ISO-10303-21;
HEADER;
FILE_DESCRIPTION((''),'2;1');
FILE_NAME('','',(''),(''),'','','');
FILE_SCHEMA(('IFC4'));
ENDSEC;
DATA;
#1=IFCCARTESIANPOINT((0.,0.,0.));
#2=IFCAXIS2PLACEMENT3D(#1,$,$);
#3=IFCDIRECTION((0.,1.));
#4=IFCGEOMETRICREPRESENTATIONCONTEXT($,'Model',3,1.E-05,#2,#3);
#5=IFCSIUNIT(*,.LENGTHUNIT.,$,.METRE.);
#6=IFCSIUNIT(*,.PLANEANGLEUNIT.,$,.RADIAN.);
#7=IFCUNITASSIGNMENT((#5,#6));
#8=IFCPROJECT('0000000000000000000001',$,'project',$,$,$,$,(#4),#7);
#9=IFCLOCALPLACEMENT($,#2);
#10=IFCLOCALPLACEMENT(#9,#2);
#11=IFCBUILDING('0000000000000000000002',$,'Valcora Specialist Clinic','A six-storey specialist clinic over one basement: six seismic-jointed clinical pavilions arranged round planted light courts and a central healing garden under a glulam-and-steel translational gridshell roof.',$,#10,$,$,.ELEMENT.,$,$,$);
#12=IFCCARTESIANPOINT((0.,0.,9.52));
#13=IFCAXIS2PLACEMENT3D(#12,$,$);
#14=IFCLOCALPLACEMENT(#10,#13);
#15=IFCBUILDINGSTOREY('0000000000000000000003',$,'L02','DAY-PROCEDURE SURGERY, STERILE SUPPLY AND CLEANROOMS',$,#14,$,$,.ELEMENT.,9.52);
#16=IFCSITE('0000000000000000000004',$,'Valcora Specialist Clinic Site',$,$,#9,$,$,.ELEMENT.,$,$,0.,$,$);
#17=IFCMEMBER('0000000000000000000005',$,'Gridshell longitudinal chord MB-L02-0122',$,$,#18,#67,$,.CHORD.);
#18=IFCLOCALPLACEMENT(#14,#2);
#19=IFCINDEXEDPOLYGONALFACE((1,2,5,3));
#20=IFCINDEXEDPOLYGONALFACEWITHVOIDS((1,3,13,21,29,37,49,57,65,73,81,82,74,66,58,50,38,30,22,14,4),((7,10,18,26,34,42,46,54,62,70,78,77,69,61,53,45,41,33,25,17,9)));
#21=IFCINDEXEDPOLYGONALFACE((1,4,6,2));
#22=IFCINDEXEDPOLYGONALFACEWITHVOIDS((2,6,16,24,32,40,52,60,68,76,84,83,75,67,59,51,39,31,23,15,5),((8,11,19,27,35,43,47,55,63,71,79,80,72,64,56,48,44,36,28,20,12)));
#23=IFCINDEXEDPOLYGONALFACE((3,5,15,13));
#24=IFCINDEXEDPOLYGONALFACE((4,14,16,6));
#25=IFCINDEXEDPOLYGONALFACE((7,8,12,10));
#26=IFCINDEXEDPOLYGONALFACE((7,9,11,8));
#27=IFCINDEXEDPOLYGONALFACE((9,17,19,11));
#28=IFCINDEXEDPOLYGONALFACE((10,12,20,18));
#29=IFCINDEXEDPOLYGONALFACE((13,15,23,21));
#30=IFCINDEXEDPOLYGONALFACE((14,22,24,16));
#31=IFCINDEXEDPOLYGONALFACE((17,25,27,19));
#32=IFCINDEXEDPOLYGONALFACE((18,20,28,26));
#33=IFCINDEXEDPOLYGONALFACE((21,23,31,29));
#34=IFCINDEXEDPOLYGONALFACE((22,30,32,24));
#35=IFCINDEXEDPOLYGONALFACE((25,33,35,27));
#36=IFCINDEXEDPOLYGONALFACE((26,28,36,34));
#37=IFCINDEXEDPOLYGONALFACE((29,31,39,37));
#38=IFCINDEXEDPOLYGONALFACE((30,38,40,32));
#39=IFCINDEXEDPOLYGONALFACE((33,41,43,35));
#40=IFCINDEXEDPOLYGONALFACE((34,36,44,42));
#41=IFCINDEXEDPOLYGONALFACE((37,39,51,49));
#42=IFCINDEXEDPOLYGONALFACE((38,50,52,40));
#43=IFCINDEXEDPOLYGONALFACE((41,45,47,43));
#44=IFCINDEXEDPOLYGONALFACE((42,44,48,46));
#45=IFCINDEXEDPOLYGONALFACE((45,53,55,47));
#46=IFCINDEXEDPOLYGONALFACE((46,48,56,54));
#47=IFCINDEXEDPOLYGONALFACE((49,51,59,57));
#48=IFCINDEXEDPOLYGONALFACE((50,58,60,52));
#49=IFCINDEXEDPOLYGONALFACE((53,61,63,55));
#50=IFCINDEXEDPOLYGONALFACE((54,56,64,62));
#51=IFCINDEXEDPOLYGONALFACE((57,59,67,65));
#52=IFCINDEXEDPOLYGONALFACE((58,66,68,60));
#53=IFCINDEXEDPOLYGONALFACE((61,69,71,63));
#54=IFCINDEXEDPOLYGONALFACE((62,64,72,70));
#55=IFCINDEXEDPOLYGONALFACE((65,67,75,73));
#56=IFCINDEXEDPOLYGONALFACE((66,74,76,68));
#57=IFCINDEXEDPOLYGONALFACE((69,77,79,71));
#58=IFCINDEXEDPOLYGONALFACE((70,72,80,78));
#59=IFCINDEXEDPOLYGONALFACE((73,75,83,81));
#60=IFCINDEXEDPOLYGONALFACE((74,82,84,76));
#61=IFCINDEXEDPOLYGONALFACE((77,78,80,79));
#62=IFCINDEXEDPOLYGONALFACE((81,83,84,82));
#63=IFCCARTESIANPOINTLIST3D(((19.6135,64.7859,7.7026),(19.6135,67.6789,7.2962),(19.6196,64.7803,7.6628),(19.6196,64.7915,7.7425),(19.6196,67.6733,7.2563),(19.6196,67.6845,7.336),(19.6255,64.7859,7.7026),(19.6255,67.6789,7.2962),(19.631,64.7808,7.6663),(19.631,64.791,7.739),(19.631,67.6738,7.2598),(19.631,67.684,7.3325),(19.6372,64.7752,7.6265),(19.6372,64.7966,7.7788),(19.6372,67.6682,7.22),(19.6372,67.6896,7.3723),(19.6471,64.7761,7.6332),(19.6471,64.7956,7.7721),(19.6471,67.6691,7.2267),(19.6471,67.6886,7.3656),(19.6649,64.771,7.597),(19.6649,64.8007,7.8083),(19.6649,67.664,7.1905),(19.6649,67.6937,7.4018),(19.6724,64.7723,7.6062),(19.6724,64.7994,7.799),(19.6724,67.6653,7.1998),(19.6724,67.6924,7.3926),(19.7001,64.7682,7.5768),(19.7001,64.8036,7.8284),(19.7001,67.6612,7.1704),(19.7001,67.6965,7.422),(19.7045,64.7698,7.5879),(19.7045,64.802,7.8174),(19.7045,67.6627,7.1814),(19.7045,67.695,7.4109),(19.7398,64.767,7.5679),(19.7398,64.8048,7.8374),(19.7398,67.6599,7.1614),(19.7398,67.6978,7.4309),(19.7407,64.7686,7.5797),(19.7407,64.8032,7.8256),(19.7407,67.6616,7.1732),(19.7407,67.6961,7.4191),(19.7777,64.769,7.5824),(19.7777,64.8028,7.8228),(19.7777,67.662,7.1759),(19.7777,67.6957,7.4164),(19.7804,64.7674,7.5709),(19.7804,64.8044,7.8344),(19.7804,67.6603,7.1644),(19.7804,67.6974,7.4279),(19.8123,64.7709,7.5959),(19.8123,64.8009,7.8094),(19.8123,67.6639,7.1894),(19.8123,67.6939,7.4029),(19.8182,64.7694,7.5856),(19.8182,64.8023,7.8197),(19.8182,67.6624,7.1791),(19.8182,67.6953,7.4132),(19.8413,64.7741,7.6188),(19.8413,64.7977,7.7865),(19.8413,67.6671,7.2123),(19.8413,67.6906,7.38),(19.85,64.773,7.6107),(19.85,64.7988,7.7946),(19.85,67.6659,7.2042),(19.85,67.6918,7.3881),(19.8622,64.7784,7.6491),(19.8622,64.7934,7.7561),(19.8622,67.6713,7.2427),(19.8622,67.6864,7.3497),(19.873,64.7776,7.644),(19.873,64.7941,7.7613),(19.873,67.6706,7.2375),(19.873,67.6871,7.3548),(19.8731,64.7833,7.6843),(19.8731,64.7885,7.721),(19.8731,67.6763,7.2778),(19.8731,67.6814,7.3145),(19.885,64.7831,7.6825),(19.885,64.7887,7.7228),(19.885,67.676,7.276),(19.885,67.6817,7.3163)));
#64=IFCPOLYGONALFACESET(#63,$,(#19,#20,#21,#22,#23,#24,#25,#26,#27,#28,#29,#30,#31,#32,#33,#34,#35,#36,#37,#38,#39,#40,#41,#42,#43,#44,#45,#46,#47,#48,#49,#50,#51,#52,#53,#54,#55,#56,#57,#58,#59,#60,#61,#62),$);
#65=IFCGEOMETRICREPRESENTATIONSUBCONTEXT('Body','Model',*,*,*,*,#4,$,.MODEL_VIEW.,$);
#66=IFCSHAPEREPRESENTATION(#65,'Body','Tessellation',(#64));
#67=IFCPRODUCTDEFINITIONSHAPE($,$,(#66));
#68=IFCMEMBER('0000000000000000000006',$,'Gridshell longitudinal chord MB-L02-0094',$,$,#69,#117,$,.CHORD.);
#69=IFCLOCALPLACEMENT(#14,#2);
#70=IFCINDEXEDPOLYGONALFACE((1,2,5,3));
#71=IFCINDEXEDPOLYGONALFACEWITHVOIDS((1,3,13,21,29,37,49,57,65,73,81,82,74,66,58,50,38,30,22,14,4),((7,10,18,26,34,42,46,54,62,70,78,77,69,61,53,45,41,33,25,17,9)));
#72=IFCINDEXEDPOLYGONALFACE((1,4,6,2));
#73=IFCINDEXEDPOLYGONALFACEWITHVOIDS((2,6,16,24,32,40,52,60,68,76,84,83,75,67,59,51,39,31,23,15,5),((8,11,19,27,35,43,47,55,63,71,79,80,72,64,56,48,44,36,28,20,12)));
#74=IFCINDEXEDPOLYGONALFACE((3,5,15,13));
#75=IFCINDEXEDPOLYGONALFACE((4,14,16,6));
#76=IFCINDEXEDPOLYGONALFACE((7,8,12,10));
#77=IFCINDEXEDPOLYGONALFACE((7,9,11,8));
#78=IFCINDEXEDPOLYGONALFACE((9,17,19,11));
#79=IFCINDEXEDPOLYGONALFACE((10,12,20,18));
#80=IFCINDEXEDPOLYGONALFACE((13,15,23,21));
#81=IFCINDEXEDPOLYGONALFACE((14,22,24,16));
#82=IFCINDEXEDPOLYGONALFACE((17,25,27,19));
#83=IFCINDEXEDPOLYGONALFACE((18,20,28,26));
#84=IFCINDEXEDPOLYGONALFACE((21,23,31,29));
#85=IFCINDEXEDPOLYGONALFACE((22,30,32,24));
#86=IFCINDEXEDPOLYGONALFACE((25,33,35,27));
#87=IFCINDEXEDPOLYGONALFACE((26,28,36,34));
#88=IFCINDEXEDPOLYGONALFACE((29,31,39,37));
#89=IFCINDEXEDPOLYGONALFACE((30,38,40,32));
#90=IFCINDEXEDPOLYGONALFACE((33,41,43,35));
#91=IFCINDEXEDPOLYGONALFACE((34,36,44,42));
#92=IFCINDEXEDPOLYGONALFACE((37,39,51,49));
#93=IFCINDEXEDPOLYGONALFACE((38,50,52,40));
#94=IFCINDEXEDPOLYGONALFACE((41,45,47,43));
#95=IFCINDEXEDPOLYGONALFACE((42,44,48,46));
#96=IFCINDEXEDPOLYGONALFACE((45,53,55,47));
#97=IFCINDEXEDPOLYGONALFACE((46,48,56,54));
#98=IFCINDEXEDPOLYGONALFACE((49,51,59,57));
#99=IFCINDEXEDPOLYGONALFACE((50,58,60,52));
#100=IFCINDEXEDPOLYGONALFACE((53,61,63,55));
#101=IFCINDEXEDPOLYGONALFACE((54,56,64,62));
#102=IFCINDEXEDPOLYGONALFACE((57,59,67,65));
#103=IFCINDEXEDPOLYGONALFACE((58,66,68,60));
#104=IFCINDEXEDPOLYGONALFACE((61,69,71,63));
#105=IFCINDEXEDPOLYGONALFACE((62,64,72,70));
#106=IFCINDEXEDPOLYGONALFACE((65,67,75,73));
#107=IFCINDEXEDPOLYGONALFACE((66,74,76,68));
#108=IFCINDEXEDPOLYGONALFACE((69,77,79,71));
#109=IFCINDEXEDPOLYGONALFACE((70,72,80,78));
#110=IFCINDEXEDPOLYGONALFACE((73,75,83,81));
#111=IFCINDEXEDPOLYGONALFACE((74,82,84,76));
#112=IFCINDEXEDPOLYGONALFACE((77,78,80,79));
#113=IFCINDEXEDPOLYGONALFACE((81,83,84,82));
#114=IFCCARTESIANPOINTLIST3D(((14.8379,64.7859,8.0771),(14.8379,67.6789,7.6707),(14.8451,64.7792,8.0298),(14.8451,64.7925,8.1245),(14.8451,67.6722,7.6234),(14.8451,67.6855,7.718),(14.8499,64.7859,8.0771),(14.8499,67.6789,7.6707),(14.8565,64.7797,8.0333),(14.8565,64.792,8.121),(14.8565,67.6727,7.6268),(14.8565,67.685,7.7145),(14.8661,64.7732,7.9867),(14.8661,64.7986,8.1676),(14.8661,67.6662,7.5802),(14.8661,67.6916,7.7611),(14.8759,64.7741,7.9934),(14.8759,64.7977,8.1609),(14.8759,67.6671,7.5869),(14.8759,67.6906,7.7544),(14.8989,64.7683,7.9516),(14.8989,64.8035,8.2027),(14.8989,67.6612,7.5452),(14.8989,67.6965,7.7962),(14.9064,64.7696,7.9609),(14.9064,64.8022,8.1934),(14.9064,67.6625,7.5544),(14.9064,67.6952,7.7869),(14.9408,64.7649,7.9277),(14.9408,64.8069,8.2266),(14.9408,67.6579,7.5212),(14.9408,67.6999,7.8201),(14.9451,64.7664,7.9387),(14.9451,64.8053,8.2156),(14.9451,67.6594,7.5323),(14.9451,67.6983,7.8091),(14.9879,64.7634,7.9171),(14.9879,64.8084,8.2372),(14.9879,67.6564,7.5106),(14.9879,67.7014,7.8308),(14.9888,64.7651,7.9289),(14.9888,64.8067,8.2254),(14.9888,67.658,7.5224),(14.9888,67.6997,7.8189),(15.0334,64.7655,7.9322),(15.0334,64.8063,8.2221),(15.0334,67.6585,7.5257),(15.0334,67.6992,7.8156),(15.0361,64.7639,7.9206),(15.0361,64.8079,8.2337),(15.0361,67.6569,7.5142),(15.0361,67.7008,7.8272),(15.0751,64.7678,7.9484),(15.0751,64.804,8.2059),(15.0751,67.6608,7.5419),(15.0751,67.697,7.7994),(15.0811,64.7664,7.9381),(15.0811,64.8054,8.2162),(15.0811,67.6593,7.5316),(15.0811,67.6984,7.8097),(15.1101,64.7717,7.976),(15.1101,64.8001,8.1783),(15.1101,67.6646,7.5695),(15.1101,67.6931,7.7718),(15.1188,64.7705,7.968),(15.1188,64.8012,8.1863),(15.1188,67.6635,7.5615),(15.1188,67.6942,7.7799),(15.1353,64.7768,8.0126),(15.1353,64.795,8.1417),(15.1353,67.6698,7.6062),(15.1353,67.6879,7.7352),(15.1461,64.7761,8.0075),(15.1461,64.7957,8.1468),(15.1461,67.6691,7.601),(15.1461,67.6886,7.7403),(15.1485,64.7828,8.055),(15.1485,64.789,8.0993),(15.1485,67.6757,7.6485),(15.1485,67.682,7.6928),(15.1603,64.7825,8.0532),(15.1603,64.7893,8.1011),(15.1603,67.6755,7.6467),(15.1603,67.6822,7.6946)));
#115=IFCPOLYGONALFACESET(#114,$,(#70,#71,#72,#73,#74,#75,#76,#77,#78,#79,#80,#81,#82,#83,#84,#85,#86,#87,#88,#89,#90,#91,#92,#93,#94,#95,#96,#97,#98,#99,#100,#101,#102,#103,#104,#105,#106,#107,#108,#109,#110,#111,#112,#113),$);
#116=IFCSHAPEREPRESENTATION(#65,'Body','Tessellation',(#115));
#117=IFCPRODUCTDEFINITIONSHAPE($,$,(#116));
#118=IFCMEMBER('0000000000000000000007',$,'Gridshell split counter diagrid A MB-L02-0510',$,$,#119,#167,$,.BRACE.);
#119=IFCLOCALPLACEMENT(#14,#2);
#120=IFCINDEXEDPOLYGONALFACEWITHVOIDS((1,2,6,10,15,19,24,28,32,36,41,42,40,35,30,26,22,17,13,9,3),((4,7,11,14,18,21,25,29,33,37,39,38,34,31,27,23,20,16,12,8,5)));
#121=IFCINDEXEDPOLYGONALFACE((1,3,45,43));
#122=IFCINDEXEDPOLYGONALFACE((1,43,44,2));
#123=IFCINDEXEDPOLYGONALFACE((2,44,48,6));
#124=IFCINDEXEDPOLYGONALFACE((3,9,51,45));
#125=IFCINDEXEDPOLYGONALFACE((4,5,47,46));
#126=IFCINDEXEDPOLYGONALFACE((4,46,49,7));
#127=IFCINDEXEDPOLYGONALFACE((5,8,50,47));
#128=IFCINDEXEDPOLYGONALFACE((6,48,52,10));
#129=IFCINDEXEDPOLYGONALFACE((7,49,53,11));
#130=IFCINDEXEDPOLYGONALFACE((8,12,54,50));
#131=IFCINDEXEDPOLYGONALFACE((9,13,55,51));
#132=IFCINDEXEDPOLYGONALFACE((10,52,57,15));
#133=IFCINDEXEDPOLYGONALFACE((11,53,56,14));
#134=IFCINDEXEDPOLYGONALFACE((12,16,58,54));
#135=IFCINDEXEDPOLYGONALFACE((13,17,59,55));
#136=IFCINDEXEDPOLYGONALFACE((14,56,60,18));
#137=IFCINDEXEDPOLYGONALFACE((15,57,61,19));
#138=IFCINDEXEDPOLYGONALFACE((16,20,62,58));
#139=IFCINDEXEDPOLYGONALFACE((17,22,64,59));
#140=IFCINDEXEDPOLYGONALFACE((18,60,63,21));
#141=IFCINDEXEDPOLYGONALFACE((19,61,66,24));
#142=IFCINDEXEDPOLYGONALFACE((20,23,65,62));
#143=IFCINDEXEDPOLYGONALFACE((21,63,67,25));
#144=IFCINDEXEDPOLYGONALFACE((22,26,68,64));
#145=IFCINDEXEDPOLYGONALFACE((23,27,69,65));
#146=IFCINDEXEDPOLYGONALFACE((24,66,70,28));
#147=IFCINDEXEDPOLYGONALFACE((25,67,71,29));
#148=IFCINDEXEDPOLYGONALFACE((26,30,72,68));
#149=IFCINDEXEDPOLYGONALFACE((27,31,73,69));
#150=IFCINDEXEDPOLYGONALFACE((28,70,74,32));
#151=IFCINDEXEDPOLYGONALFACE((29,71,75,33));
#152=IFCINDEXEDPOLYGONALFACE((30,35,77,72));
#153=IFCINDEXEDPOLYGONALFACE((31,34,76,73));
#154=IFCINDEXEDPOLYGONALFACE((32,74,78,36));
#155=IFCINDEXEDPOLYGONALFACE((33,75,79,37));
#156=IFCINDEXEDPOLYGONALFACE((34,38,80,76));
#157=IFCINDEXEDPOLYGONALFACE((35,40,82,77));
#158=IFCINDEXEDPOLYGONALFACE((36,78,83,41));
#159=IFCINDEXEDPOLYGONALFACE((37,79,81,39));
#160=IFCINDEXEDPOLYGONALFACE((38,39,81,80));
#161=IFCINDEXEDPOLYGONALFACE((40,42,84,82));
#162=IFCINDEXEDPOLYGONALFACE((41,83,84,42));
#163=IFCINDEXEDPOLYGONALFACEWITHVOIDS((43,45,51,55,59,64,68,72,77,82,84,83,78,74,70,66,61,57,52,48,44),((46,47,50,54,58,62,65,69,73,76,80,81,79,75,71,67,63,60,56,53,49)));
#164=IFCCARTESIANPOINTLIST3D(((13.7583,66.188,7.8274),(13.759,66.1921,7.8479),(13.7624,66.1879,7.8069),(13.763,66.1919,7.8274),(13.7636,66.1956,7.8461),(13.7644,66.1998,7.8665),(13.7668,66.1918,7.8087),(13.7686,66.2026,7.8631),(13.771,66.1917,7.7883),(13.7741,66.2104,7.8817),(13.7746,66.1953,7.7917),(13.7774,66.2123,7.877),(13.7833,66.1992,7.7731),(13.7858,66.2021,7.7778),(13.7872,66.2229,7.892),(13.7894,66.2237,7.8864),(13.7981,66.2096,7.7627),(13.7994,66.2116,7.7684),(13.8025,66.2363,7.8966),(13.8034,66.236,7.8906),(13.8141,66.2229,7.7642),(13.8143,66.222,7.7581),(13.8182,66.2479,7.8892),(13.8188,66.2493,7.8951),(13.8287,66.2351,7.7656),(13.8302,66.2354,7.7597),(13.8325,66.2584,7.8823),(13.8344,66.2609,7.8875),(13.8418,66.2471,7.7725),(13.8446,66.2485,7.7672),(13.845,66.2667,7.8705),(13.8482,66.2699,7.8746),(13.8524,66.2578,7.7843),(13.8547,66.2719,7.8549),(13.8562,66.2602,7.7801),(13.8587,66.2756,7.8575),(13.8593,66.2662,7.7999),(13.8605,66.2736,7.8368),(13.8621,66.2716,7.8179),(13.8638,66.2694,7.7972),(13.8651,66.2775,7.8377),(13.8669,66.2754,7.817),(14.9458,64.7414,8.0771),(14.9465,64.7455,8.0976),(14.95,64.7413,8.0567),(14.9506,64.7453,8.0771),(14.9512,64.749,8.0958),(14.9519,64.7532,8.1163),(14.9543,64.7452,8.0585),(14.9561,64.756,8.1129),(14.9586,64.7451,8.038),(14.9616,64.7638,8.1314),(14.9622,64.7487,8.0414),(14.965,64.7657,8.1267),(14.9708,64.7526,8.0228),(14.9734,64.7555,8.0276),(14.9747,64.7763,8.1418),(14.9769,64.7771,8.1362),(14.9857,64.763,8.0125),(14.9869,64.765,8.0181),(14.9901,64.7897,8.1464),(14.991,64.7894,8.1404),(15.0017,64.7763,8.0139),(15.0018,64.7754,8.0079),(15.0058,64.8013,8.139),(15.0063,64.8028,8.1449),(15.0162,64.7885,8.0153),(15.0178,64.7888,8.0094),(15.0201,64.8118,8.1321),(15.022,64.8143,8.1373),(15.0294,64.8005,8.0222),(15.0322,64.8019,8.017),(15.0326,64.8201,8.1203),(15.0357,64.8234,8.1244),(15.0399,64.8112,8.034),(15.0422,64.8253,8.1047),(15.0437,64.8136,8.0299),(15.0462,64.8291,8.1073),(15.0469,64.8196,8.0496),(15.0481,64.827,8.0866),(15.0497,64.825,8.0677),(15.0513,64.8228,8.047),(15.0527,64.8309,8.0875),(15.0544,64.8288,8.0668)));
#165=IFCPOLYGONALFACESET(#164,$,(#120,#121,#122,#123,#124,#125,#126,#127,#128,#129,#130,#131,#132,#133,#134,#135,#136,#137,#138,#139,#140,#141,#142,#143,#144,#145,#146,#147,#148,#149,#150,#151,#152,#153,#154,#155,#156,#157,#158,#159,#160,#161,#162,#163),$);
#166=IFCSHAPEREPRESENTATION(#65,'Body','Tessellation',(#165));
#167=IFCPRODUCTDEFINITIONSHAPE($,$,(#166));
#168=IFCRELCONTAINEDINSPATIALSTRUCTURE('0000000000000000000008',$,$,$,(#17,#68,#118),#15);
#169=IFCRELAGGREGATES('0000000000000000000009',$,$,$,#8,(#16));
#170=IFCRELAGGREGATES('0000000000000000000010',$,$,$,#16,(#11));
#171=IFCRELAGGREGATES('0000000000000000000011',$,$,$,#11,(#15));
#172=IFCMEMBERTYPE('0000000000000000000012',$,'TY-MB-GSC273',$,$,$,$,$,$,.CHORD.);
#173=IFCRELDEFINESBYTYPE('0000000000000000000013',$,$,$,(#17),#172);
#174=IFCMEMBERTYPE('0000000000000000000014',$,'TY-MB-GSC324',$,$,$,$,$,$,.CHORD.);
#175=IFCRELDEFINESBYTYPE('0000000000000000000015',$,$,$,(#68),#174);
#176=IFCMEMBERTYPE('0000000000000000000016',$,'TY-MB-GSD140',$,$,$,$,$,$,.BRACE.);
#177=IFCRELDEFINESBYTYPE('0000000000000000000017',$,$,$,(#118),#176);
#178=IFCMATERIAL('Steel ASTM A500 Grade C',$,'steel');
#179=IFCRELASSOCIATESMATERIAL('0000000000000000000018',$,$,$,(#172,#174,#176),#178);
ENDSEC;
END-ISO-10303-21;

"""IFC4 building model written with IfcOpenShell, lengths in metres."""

from ifc_helpers import new_model, si_unit, direction, frame, origin, origin_2d, place, context, subcontext, project, spatial, hollow_circle, extrude, material, material_profile, profile_set, type_object, element, save


model = new_model("IFC4")

# Units and contexts
model_context = context("Model", 3, precision=1e-05, world=origin(), true_north=direction((0.0, 1.0)))
body_context = subcontext(model_context, "Body", "Model", "MODEL_VIEW")
ifc_project = project(units=[si_unit("LENGTHUNIT", "METRE"), si_unit("PLANEANGLEUNIT", "RADIAN")], contexts=[model_context])

# Site, building, storey
site_placement = place(None, origin())
site = spatial("IfcSite", under=ifc_project, at=site_placement, Name="Valcora Specialist Clinic Site", CompositionType="ELEMENT", RefElevation=0.0)
building_placement = place(site_placement, origin())
building = spatial("IfcBuilding", under=site, at=building_placement, Name="Valcora Specialist Clinic", Description="A six-storey specialist clinic over one basement: six seismic-jointed clinical pavilions arranged round planted light courts and a central healing garden under a glulam-and-steel translational gridshell roof.", CompositionType="ELEMENT")
storey_placement = place(building_placement, frame((0.0, 0.0, 9.52)))
storey = spatial("IfcBuildingStorey", under=building, at=storey_placement, Name="L02", Description="DAY-PROCEDURE SURGERY, STERILE SUPPLY AND CLEANROOMS", CompositionType="ELEMENT", Elevation=9.52)

# Members
ifc_material_1 = material(Name="Steel ASTM A500 Grade C", Category="steel")
ifc_material_profile_1 = material_profile(ifc_material_1, hollow_circle(Radius=0.1365, WallThickness=0.012, at=origin_2d()), Name="ST-CHS-273X12")
ifc_profile_set_1 = profile_set([ifc_material_profile_1], Name="Steel ASTM A500 Grade C")
member_type_1 = type_object("IfcMemberType", Name="TY-MB-GSC273", PredefinedType="CHORD", material=ifc_profile_set_1)
member_1_placement = place(storey_placement, frame((19.75, 64.7859, 7.7026), z_axis=(0.0, 0.990273, -0.13914), x_axis=(-1.0, 0.0, 0.0)))
element("IfcMember", 1, at=member_1_placement, inside=storey, type_object=member_type_1, Name="Gridshell longitudinal chord MB-L02-0122", PredefinedType="CHORD", context=body_context, shape_type="SweptSolid", body=[
    extrude(hollow_circle(Radius=0.1365, WallThickness=0.012, at=origin_2d()), origin(), (0.0, 0.0, 1.0), 2.9214),
])
ifc_material_profile_2 = material_profile(ifc_material_1, hollow_circle(Radius=0.1621, WallThickness=0.012, at=origin_2d()), Name="ST-CHS-324X12")
ifc_profile_set_2 = profile_set([ifc_material_profile_2], Name="Steel ASTM A500 Grade C")
member_type_2 = type_object("IfcMemberType", Name="TY-MB-GSC324", PredefinedType="CHORD", material=ifc_profile_set_2)
member_2_placement = place(storey_placement, frame((15.0, 64.7859, 8.0771), z_axis=(0.0, 0.990273, -0.13914), x_axis=(-1.0, 0.0, 0.0)))
element("IfcMember", 2, at=member_2_placement, inside=storey, type_object=member_type_2, Name="Gridshell longitudinal chord MB-L02-0094", PredefinedType="CHORD", context=body_context, shape_type="SweptSolid", body=[
    extrude(hollow_circle(Radius=0.1621, WallThickness=0.012, at=origin_2d()), origin(), (0.0, 0.0, 1.0), 2.9214),
])
ifc_material_profile_3 = material_profile(ifc_material_1, hollow_circle(Radius=0.0701, WallThickness=0.0061, at=origin_2d()), Name="ST-CHS-140X6")
ifc_profile_set_3 = profile_set([ifc_material_profile_3], Name="Steel ASTM A500 Grade C")
member_type_3 = type_object("IfcMemberType", Name="TY-MB-GSD140", PredefinedType="BRACE", material=ifc_profile_set_3)
member_3_placement = place(storey_placement, frame((15.0, 64.7859, 8.0771), z_axis=(-0.628933, 0.766124, -0.132278), x_axis=(-0.772916, -0.634508, 0.0)))
element("IfcMember", 3, at=member_3_placement, inside=storey, type_object=member_type_3, Name="Gridshell split counter diagrid A MB-L02-0510", PredefinedType="BRACE", context=body_context, shape_type="SweptSolid", body=[
    extrude(hollow_circle(Radius=0.0701, WallThickness=0.0061, at=origin_2d()), origin(), (0.0, 0.0, 1.0), 1.8882),
])

save(model, "model.ifc")
